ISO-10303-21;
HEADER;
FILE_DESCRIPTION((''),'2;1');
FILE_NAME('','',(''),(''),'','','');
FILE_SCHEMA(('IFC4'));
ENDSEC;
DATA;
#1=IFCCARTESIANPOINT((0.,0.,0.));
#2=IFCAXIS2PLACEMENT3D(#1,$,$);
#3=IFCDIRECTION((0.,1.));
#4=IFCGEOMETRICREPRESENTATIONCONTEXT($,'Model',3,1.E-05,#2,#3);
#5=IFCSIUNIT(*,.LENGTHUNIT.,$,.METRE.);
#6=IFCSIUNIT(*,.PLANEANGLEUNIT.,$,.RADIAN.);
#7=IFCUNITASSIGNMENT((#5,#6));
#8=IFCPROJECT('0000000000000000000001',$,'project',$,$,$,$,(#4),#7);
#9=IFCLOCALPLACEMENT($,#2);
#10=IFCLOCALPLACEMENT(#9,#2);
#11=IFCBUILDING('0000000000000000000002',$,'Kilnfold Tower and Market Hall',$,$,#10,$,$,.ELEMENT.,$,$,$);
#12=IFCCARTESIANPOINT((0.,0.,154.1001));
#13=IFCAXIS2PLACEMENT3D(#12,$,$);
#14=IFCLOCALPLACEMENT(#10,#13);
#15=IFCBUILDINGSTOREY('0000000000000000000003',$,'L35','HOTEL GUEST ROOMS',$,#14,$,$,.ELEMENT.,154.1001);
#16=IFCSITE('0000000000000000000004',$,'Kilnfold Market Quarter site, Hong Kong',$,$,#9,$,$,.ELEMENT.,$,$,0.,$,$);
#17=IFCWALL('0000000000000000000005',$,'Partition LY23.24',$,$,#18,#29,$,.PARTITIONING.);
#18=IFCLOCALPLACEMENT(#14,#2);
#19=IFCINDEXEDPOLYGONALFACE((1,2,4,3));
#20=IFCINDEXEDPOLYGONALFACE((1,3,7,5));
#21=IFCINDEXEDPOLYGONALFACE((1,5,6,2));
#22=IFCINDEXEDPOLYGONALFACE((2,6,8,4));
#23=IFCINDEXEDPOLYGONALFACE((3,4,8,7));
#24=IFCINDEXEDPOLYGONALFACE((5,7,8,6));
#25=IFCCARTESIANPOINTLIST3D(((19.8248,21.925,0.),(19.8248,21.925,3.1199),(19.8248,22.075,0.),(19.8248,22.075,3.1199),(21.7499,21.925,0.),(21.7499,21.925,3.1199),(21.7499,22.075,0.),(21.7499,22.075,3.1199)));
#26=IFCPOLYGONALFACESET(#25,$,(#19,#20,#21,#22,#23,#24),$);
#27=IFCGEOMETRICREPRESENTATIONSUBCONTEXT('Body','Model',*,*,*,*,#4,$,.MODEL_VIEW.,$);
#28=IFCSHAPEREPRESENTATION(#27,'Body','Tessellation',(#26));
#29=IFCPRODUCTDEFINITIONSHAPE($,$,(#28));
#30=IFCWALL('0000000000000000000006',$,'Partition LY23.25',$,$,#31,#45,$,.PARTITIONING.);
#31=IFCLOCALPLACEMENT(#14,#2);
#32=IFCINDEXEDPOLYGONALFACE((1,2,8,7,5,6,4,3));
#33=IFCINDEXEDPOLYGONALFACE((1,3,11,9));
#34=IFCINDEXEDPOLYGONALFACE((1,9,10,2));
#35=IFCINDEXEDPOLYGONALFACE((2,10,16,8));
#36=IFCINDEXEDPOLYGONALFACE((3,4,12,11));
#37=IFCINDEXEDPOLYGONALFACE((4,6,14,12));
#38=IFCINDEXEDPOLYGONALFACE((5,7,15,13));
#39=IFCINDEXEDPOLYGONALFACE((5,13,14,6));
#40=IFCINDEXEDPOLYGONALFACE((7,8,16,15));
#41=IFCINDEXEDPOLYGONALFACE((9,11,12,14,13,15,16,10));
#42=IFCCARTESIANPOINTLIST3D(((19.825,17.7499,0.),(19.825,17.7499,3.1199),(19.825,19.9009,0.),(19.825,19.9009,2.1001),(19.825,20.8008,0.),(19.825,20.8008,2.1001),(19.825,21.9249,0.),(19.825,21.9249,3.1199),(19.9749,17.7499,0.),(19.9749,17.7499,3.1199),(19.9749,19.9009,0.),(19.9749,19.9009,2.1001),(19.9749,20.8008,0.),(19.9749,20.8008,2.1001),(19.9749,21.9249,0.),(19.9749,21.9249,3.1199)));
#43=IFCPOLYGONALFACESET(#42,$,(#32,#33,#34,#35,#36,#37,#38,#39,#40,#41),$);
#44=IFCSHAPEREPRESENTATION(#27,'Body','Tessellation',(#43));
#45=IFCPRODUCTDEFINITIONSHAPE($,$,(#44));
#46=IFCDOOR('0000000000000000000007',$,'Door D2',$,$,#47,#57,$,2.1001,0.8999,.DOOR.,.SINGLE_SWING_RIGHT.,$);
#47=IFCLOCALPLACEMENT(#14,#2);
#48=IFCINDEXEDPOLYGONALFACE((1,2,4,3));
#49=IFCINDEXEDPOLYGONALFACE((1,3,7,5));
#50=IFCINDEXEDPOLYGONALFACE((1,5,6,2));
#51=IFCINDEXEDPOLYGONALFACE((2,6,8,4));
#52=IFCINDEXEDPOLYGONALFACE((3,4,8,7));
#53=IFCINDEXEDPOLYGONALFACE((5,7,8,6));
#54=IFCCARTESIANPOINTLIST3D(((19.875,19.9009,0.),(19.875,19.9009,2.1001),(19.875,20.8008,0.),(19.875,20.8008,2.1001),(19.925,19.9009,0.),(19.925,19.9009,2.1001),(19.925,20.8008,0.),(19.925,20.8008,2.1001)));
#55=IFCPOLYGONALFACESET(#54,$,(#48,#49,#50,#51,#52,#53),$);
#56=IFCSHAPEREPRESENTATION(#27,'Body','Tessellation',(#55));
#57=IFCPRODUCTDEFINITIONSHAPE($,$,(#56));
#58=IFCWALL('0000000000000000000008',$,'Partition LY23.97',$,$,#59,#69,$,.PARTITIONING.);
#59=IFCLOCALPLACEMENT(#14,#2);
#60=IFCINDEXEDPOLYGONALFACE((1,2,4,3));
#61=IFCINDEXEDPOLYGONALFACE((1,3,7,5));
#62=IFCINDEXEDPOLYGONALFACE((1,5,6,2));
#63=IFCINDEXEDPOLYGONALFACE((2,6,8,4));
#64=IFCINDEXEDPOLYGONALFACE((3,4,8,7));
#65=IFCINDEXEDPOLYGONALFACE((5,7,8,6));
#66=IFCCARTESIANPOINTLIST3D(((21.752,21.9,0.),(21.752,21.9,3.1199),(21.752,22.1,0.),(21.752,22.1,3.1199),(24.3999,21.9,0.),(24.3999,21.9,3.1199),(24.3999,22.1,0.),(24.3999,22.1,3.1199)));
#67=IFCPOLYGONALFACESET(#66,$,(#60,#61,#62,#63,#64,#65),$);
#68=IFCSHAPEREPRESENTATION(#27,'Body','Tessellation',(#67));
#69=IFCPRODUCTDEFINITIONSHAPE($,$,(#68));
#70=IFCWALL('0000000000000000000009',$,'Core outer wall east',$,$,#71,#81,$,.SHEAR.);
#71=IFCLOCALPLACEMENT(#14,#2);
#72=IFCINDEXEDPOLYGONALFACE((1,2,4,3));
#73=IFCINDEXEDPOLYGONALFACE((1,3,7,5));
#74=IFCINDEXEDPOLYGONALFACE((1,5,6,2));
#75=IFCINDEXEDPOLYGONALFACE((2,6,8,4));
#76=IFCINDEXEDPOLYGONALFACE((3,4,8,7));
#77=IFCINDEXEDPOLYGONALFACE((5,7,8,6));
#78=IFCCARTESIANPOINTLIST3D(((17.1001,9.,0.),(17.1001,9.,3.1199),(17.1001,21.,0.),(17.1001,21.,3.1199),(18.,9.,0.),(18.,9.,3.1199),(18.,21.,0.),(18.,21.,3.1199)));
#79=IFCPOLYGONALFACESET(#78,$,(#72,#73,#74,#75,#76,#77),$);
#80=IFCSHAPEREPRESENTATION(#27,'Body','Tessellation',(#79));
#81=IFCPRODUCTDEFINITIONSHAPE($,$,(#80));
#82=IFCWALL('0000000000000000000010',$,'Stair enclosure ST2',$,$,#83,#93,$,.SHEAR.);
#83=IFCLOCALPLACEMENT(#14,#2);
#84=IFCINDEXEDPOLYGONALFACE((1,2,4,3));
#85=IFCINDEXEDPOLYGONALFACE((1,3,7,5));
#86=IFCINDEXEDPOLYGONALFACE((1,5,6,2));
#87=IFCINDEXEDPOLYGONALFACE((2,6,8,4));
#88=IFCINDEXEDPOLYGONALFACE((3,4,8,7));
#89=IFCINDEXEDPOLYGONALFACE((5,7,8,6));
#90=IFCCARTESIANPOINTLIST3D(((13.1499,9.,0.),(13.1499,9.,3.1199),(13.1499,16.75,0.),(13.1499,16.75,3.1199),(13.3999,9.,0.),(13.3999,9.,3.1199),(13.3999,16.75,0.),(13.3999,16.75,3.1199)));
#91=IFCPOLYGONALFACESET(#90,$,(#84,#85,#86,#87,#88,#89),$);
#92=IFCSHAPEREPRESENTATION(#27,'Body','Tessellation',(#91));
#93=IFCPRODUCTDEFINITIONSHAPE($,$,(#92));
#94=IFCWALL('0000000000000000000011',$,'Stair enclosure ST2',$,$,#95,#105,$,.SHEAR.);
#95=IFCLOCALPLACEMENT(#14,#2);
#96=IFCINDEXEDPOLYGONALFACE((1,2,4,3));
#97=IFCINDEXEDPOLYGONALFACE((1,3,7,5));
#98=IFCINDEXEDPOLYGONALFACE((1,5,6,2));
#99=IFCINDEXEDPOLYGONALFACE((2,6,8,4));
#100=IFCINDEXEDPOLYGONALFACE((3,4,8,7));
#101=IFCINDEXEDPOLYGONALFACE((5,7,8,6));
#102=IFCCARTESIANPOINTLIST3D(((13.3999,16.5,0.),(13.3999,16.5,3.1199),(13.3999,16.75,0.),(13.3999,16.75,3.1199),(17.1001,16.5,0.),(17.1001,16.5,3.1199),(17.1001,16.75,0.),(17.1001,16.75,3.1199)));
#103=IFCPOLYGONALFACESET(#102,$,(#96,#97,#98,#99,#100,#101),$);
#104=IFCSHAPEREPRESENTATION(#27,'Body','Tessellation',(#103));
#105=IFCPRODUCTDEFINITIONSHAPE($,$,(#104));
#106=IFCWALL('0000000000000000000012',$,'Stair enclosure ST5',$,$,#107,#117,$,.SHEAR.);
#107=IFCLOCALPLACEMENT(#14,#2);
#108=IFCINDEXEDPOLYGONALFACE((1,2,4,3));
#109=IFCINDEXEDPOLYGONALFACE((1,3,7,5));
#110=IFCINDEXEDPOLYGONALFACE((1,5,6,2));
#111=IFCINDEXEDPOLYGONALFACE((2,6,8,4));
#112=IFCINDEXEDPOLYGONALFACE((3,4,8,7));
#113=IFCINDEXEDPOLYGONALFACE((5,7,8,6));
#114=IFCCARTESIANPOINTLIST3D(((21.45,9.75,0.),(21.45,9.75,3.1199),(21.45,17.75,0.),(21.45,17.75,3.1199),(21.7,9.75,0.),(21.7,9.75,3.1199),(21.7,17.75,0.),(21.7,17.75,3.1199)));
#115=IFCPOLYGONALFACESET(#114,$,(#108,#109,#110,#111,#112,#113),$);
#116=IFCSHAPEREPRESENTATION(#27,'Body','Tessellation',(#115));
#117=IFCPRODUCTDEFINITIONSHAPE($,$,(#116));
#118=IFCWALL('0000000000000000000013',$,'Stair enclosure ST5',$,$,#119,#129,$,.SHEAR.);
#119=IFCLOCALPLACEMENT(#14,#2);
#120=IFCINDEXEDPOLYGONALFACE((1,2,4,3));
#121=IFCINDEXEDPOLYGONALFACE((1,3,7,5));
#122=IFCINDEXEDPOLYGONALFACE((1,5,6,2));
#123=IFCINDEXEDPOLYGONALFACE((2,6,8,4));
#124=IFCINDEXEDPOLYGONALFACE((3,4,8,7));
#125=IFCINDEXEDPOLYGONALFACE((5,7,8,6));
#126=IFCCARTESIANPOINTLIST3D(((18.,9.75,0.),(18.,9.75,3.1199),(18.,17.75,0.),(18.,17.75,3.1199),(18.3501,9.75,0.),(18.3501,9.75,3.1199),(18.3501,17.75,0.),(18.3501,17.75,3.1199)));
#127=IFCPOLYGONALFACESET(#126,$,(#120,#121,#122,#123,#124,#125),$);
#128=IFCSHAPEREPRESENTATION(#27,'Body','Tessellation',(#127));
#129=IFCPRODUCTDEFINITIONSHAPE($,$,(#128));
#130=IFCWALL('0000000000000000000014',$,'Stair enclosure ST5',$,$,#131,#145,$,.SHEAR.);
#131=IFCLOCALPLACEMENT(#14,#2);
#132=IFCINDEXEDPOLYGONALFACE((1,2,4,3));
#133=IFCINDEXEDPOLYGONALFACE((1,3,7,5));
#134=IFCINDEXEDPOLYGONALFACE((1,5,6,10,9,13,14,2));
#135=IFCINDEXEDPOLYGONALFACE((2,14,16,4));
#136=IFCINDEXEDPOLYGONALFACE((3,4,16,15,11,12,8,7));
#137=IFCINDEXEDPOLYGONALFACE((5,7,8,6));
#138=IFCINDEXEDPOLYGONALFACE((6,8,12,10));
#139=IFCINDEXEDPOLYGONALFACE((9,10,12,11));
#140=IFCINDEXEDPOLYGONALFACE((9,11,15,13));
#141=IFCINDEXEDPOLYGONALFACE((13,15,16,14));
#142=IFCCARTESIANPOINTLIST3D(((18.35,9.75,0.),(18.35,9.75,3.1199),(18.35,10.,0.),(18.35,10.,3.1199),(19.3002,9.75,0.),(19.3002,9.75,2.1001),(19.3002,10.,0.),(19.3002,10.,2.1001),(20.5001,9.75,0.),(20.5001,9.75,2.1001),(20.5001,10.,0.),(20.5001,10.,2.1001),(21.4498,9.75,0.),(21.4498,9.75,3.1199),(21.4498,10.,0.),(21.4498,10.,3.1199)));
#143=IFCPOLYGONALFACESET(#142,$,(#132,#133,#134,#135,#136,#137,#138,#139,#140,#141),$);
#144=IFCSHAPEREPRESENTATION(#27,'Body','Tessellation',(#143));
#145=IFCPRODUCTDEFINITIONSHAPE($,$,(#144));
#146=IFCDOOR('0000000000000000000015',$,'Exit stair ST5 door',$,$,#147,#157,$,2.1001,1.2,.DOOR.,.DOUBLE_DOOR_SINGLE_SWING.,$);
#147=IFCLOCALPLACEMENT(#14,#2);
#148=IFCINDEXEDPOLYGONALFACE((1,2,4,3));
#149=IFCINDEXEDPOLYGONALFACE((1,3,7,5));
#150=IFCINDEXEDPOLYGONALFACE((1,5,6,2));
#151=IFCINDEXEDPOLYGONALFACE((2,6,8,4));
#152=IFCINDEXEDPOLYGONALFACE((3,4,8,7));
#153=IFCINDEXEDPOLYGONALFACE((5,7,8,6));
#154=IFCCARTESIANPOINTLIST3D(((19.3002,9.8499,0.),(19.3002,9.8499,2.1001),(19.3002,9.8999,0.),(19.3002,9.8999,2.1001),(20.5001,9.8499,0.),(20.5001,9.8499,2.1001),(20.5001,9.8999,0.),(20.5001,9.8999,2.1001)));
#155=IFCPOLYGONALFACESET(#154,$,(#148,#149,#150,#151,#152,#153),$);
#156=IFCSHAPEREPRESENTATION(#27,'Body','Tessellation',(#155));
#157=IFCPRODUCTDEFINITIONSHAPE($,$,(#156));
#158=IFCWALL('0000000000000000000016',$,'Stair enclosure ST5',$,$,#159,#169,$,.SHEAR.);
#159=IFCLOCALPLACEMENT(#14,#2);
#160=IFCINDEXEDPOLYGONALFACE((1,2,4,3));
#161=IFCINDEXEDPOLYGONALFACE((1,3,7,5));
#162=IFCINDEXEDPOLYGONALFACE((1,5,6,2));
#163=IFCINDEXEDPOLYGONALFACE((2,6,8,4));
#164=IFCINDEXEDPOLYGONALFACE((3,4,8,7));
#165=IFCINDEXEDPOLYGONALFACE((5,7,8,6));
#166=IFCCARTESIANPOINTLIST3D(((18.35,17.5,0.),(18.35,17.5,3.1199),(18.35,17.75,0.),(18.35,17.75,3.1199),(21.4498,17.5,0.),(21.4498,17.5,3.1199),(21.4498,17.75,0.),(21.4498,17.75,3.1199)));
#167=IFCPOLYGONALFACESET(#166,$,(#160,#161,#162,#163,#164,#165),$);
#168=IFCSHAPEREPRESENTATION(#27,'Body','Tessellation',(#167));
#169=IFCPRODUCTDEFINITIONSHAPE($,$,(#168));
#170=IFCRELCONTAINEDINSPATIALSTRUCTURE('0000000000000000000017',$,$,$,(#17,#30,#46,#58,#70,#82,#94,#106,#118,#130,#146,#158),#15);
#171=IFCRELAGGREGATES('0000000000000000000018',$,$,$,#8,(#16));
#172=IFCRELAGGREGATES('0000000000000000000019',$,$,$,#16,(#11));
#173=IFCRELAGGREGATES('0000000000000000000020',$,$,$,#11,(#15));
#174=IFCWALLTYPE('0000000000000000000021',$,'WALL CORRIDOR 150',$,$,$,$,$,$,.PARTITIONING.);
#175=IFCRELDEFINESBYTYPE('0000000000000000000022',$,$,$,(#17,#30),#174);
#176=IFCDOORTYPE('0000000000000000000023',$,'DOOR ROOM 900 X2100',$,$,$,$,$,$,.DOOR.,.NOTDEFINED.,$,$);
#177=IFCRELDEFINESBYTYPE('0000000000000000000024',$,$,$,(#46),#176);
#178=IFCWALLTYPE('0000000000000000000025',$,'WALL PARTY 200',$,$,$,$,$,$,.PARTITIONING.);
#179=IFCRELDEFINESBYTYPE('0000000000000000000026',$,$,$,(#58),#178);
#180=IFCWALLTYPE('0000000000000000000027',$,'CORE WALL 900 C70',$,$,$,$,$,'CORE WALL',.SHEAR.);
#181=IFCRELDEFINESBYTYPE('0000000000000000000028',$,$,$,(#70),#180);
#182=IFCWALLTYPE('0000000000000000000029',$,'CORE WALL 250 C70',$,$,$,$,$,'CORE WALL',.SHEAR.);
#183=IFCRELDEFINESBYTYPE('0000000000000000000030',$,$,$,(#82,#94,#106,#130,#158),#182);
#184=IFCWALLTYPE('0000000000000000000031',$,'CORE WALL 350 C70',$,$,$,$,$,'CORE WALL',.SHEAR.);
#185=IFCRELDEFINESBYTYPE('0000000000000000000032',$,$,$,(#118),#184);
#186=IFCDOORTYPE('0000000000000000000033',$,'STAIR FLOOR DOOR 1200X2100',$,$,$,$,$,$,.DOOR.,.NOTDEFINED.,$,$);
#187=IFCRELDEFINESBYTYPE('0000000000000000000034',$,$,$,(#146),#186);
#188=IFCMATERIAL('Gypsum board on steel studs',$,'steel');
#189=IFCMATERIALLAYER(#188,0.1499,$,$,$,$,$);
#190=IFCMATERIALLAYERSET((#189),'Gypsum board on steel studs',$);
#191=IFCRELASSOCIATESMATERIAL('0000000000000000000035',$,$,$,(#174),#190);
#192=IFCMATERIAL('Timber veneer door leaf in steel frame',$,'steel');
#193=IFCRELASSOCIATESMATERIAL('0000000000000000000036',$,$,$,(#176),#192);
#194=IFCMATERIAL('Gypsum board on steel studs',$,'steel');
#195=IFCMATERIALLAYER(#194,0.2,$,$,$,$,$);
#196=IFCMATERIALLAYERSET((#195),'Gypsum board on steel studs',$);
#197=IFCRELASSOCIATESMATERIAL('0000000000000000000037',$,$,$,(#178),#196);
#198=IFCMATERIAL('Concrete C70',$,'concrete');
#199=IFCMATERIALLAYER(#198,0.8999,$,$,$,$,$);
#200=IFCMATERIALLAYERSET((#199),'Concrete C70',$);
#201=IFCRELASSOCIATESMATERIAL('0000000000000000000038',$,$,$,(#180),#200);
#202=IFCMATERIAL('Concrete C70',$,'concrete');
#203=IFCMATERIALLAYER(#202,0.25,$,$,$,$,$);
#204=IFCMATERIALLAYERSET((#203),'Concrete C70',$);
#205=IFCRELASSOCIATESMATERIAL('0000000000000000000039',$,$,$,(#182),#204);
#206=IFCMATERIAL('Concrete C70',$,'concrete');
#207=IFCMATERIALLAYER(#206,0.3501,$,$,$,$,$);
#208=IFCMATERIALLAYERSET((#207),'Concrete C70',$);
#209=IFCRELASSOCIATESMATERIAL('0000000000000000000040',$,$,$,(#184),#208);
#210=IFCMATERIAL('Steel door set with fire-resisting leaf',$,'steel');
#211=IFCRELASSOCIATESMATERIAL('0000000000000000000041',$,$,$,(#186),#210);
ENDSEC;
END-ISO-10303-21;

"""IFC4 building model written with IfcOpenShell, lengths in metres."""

from ifc_helpers import new_model, si_unit, direction, frame, frame_2d, origin, place, context, subcontext, project, spatial, rectangle, extrude, source, transform, mapped, material, layer, layer_set, type_object, element, fill, save


model = new_model("IFC4")

# Units and contexts
model_context = context("Model", 3, precision=1e-05, world=origin(), true_north=direction((0.0, 1.0)))
body_context = subcontext(model_context, "Body", "Model", "MODEL_VIEW")
ifc_project = project(units=[si_unit("LENGTHUNIT", "METRE"), si_unit("PLANEANGLEUNIT", "RADIAN")], contexts=[model_context])

# Site, building, storey
site_placement = place(None, origin())
site = spatial("IfcSite", under=ifc_project, at=site_placement, Name="Kilnfold Market Quarter site, Hong Kong", CompositionType="ELEMENT", RefElevation=0.0)
building_placement = place(site_placement, origin())
building = spatial("IfcBuilding", under=site, at=building_placement, Name="Kilnfold Tower and Market Hall", CompositionType="ELEMENT")
storey_placement = place(building_placement, frame((0.0, 0.0, 154.1001)))
storey = spatial("IfcBuildingStorey", under=building, at=storey_placement, Name="L35", Description="HOTEL GUEST ROOMS", CompositionType="ELEMENT", Elevation=154.1001)

# Wall
ifc_material_1 = material(Name="Gypsum board on steel studs", Category="steel")
ifc_layer_1 = layer(ifc_material_1, 0.1499)
ifc_layer_set_1 = layer_set([ifc_layer_1], Name="Gypsum board on steel studs")
wall_type_1 = type_object("IfcWallType", Name="WALL CORRIDOR 150", PredefinedType="PARTITIONING", material=ifc_layer_set_1)
wall_1_placement = place(storey_placement, frame((19.825, 22.0, 0.0), z_axis=(0.0, 0.0, 1.0), x_axis=(1.0, 0.0, 0.0)))
element("IfcWall", 1, at=wall_1_placement, inside=storey, type_object=wall_type_1, Name="Partition LY23.24", PredefinedType="PARTITIONING", context=body_context, shape_type="SweptSolid", body=[
    extrude(rectangle(XDim=1.925, YDim=0.1499, at=frame_2d((0.9624, 0.0))), origin(), (0.0, 0.0, 1.0), 3.1199),
])

# Wall, opening, door
wall_2_placement = place(storey_placement, frame((19.8999, 17.75, 0.0), z_axis=(0.0, 0.0, 1.0), x_axis=(0.0, 1.0, 0.0)))
wall_2 = element("IfcWall", 2, at=wall_2_placement, inside=storey, type_object=wall_type_1, Name="Partition LY23.25", PredefinedType="PARTITIONING", context=body_context, shape_type="SweptSolid", body=[
    extrude(rectangle(XDim=4.175, YDim=0.1499, at=frame_2d((2.0874, 0.0))), origin(), (0.0, 0.0, 1.0), 3.1199),
])
opening_1_placement = place(wall_2_placement, frame((2.1509, 0.0, 0.0)))
opening_1 = element("IfcOpeningElement", 3, at=opening_1_placement, cuts=wall_2, PredefinedType="OPENING", context=body_context, shape_type="SweptSolid", body=[
    extrude(rectangle(XDim=0.8999, YDim=2.1001, at=frame_2d((0.45, 1.05))), frame((0.0, 0.085, 0.0), z_axis=(0.0, -1.0, 0.0), x_axis=(1.0, 0.0, 0.0)), (0.0, 0.0, 1.0), 0.1699),
])
ifc_material_2 = material(Name="Timber veneer door leaf in steel frame", Category="steel")
door_type_1 = type_object("IfcDoorType", Name="DOOR ROOM 900 X2100", OperationType="NOTDEFINED", PredefinedType="DOOR", material=ifc_material_2)
door_1_placement = place(opening_1_placement, origin())
door_1 = element("IfcDoor", 4, at=door_1_placement, inside=storey, type_object=door_type_1, Name="Door D2", OperationType="SINGLE_SWING_RIGHT", OverallHeight=2.1001, OverallWidth=0.8999, PredefinedType="DOOR", context=body_context, shape_type="SweptSolid", body=[
    extrude(rectangle(XDim=0.8999, YDim=2.1001, at=frame_2d((0.45, 1.05))), frame((0.0, 0.0249, 0.0), z_axis=(0.0, -1.0, 0.0), x_axis=(1.0, 0.0, 0.0)), (0.0, 0.0, 1.0), 0.05),
])
fill(opening_1, door_1)

# Walls
ifc_material_3 = material(Name="Gypsum board on steel studs", Category="steel")
ifc_layer_2 = layer(ifc_material_3, 0.2)
ifc_layer_set_2 = layer_set([ifc_layer_2], Name="Gypsum board on steel studs")
wall_type_2 = type_object("IfcWallType", Name="WALL PARTY 200", PredefinedType="PARTITIONING", material=ifc_layer_set_2)
wall_3_placement = place(storey_placement, frame((21.752, 22.0, 0.0), z_axis=(0.0, 0.0, 1.0), x_axis=(1.0, 0.0, 0.0)))
element("IfcWall", 5, at=wall_3_placement, inside=storey, type_object=wall_type_2, Name="Partition LY23.97", PredefinedType="PARTITIONING", context=body_context, shape_type="SweptSolid", body=[
    extrude(rectangle(XDim=2.6479, YDim=0.2, at=frame_2d((1.324, 0.0))), origin(), (0.0, 0.0, 1.0), 3.1199),
])
ifc_material_4 = material(Name="Concrete C70", Category="concrete")
ifc_layer_3 = layer(ifc_material_4, 0.8999)
ifc_layer_set_3 = layer_set([ifc_layer_3], Name="Concrete C70")
wall_type_3 = type_object("IfcWallType", Name="CORE WALL 900 C70", ElementType="CORE WALL", PredefinedType="SHEAR", material=ifc_layer_set_3)
shared_shape_1 = source(origin(), body_context, "Body", "SweptSolid", [
    extrude(rectangle(XDim=12.0, YDim=0.8999, at=frame_2d((6.0, 0.0))), origin(), (0.0, 0.0, 1.0), 3.1199),
])
wall_4_placement = place(storey_placement, frame((17.55, 9.0, 0.0), z_axis=(0.0, 0.0, 1.0), x_axis=(0.0, 1.0, 0.0)))
element("IfcWall", 6, at=wall_4_placement, inside=storey, type_object=wall_type_3, Name="Core outer wall east", PredefinedType="SHEAR", context=body_context, shape_type="MappedRepresentation", body=[
    mapped(shared_shape_1, transform((0.0, 0.0, 0.0))),
])
ifc_material_5 = material(Name="Concrete C70", Category="concrete")
ifc_layer_4 = layer(ifc_material_5, 0.25)
ifc_layer_set_4 = layer_set([ifc_layer_4], Name="Concrete C70")
wall_type_4 = type_object("IfcWallType", Name="CORE WALL 250 C70", ElementType="CORE WALL", PredefinedType="SHEAR", material=ifc_layer_set_4)
shared_shape_2 = source(origin(), body_context, "Body", "SweptSolid", [
    extrude(rectangle(XDim=7.75, YDim=0.25, at=frame_2d((3.875, 0.0))), origin(), (0.0, 0.0, 1.0), 3.1199),
])
wall_5_placement = place(storey_placement, frame((13.2749, 9.0, 0.0), z_axis=(0.0, 0.0, 1.0), x_axis=(0.0, 1.0, 0.0)))
element("IfcWall", 7, at=wall_5_placement, inside=storey, type_object=wall_type_4, Name="Stair enclosure ST2", PredefinedType="SHEAR", context=body_context, shape_type="MappedRepresentation", body=[
    mapped(shared_shape_2, transform((0.0, 0.0, 0.0))),
])
shared_shape_3 = source(origin(), body_context, "Body", "SweptSolid", [
    extrude(rectangle(XDim=3.7002, YDim=0.25, at=frame_2d((1.8501, 0.0))), origin(), (0.0, 0.0, 1.0), 3.1199),
])
wall_6_placement = place(storey_placement, frame((13.3999, 16.625, 0.0), z_axis=(0.0, 0.0, 1.0), x_axis=(1.0, 0.0, 0.0)))
element("IfcWall", 8, at=wall_6_placement, inside=storey, type_object=wall_type_4, Name="Stair enclosure ST2", PredefinedType="SHEAR", context=body_context, shape_type="MappedRepresentation", body=[
    mapped(shared_shape_3, transform((0.0, 0.0, 0.0))),
])
shared_shape_4 = source(origin(), body_context, "Body", "SweptSolid", [
    extrude(rectangle(XDim=8.0, YDim=0.25, at=frame_2d((4.0, 0.0))), origin(), (0.0, 0.0, 1.0), 3.1199),
])
wall_7_placement = place(storey_placement, frame((21.575, 9.75, 0.0), z_axis=(0.0, 0.0, 1.0), x_axis=(0.0, 1.0, 0.0)))
element("IfcWall", 9, at=wall_7_placement, inside=storey, type_object=wall_type_4, Name="Stair enclosure ST5", PredefinedType="SHEAR", context=body_context, shape_type="MappedRepresentation", body=[
    mapped(shared_shape_4, transform((0.0, 0.0, 0.0))),
])
ifc_material_6 = material(Name="Concrete C70", Category="concrete")
ifc_layer_5 = layer(ifc_material_6, 0.3501)
ifc_layer_set_5 = layer_set([ifc_layer_5], Name="Concrete C70")
wall_type_5 = type_object("IfcWallType", Name="CORE WALL 350 C70", ElementType="CORE WALL", PredefinedType="SHEAR", material=ifc_layer_set_5)
shared_shape_5 = source(origin(), body_context, "Body", "SweptSolid", [
    extrude(rectangle(XDim=8.0, YDim=0.3501, at=frame_2d((4.0, 0.0))), origin(), (0.0, 0.0, 1.0), 3.1199),
])
wall_8_placement = place(storey_placement, frame((18.175, 9.75, 0.0), z_axis=(0.0, 0.0, 1.0), x_axis=(0.0, 1.0, 0.0)))
element("IfcWall", 10, at=wall_8_placement, inside=storey, type_object=wall_type_5, Name="Stair enclosure ST5", PredefinedType="SHEAR", context=body_context, shape_type="MappedRepresentation", body=[
    mapped(shared_shape_5, transform((0.0, 0.0, 0.0))),
])

# Wall, opening, door
shared_shape_6 = source(origin(), body_context, "Body", "SweptSolid", [
    extrude(rectangle(XDim=3.0999, YDim=0.25, at=frame_2d((1.5498, 0.0))), origin(), (0.0, 0.0, 1.0), 3.1199),
])
wall_9_placement = place(storey_placement, frame((18.3501, 9.875, 0.0), z_axis=(0.0, 0.0, 1.0), x_axis=(1.0, 0.0, 0.0)))
wall_9 = element("IfcWall", 11, at=wall_9_placement, inside=storey, type_object=wall_type_4, Name="Stair enclosure ST5", PredefinedType="SHEAR", context=body_context, shape_type="MappedRepresentation", body=[
    mapped(shared_shape_6, transform((0.0, 0.0, 0.0))),
])
opening_2_placement = place(wall_9_placement, frame((0.95, 0.0, 0.0)))
opening_2 = element("IfcOpeningElement", 12, at=opening_2_placement, cuts=wall_9, PredefinedType="OPENING", context=body_context, shape_type="SweptSolid", body=[
    extrude(rectangle(XDim=1.2, YDim=2.1001, at=frame_2d((0.6001, 1.05))), frame((0.0, 0.135, 0.0), z_axis=(0.0, -1.0, 0.0), x_axis=(1.0, 0.0, 0.0)), (0.0, 0.0, 1.0), 0.27),
])
ifc_material_7 = material(Name="Steel door set with fire-resisting leaf", Category="steel")
door_type_2 = type_object("IfcDoorType", Name="STAIR FLOOR DOOR 1200X2100", OperationType="NOTDEFINED", PredefinedType="DOOR", material=ifc_material_7)
door_2_placement = place(opening_2_placement, origin())
door_2 = element("IfcDoor", 13, at=door_2_placement, inside=storey, type_object=door_type_2, Name="Exit stair ST5 door", OperationType="DOUBLE_DOOR_SINGLE_SWING", OverallHeight=2.1001, OverallWidth=1.2, PredefinedType="DOOR", context=body_context, shape_type="SweptSolid", body=[
    extrude(rectangle(XDim=1.2, YDim=2.1001, at=frame_2d((0.6001, 1.05))), frame((0.0, 0.0249, 0.0), z_axis=(0.0, -1.0, 0.0), x_axis=(1.0, 0.0, 0.0)), (0.0, 0.0, 1.0), 0.05),
])
fill(opening_2, door_2)

# Wall
wall_10_placement = place(storey_placement, frame((18.3501, 17.625, 0.0), z_axis=(0.0, 0.0, 1.0), x_axis=(1.0, 0.0, 0.0)))
element("IfcWall", 14, at=wall_10_placement, inside=storey, type_object=wall_type_4, Name="Stair enclosure ST5", PredefinedType="SHEAR", context=body_context, shape_type="MappedRepresentation", body=[
    mapped(shared_shape_6, transform((0.0, 0.0, 0.0))),
])

save(model, "model.ifc")
